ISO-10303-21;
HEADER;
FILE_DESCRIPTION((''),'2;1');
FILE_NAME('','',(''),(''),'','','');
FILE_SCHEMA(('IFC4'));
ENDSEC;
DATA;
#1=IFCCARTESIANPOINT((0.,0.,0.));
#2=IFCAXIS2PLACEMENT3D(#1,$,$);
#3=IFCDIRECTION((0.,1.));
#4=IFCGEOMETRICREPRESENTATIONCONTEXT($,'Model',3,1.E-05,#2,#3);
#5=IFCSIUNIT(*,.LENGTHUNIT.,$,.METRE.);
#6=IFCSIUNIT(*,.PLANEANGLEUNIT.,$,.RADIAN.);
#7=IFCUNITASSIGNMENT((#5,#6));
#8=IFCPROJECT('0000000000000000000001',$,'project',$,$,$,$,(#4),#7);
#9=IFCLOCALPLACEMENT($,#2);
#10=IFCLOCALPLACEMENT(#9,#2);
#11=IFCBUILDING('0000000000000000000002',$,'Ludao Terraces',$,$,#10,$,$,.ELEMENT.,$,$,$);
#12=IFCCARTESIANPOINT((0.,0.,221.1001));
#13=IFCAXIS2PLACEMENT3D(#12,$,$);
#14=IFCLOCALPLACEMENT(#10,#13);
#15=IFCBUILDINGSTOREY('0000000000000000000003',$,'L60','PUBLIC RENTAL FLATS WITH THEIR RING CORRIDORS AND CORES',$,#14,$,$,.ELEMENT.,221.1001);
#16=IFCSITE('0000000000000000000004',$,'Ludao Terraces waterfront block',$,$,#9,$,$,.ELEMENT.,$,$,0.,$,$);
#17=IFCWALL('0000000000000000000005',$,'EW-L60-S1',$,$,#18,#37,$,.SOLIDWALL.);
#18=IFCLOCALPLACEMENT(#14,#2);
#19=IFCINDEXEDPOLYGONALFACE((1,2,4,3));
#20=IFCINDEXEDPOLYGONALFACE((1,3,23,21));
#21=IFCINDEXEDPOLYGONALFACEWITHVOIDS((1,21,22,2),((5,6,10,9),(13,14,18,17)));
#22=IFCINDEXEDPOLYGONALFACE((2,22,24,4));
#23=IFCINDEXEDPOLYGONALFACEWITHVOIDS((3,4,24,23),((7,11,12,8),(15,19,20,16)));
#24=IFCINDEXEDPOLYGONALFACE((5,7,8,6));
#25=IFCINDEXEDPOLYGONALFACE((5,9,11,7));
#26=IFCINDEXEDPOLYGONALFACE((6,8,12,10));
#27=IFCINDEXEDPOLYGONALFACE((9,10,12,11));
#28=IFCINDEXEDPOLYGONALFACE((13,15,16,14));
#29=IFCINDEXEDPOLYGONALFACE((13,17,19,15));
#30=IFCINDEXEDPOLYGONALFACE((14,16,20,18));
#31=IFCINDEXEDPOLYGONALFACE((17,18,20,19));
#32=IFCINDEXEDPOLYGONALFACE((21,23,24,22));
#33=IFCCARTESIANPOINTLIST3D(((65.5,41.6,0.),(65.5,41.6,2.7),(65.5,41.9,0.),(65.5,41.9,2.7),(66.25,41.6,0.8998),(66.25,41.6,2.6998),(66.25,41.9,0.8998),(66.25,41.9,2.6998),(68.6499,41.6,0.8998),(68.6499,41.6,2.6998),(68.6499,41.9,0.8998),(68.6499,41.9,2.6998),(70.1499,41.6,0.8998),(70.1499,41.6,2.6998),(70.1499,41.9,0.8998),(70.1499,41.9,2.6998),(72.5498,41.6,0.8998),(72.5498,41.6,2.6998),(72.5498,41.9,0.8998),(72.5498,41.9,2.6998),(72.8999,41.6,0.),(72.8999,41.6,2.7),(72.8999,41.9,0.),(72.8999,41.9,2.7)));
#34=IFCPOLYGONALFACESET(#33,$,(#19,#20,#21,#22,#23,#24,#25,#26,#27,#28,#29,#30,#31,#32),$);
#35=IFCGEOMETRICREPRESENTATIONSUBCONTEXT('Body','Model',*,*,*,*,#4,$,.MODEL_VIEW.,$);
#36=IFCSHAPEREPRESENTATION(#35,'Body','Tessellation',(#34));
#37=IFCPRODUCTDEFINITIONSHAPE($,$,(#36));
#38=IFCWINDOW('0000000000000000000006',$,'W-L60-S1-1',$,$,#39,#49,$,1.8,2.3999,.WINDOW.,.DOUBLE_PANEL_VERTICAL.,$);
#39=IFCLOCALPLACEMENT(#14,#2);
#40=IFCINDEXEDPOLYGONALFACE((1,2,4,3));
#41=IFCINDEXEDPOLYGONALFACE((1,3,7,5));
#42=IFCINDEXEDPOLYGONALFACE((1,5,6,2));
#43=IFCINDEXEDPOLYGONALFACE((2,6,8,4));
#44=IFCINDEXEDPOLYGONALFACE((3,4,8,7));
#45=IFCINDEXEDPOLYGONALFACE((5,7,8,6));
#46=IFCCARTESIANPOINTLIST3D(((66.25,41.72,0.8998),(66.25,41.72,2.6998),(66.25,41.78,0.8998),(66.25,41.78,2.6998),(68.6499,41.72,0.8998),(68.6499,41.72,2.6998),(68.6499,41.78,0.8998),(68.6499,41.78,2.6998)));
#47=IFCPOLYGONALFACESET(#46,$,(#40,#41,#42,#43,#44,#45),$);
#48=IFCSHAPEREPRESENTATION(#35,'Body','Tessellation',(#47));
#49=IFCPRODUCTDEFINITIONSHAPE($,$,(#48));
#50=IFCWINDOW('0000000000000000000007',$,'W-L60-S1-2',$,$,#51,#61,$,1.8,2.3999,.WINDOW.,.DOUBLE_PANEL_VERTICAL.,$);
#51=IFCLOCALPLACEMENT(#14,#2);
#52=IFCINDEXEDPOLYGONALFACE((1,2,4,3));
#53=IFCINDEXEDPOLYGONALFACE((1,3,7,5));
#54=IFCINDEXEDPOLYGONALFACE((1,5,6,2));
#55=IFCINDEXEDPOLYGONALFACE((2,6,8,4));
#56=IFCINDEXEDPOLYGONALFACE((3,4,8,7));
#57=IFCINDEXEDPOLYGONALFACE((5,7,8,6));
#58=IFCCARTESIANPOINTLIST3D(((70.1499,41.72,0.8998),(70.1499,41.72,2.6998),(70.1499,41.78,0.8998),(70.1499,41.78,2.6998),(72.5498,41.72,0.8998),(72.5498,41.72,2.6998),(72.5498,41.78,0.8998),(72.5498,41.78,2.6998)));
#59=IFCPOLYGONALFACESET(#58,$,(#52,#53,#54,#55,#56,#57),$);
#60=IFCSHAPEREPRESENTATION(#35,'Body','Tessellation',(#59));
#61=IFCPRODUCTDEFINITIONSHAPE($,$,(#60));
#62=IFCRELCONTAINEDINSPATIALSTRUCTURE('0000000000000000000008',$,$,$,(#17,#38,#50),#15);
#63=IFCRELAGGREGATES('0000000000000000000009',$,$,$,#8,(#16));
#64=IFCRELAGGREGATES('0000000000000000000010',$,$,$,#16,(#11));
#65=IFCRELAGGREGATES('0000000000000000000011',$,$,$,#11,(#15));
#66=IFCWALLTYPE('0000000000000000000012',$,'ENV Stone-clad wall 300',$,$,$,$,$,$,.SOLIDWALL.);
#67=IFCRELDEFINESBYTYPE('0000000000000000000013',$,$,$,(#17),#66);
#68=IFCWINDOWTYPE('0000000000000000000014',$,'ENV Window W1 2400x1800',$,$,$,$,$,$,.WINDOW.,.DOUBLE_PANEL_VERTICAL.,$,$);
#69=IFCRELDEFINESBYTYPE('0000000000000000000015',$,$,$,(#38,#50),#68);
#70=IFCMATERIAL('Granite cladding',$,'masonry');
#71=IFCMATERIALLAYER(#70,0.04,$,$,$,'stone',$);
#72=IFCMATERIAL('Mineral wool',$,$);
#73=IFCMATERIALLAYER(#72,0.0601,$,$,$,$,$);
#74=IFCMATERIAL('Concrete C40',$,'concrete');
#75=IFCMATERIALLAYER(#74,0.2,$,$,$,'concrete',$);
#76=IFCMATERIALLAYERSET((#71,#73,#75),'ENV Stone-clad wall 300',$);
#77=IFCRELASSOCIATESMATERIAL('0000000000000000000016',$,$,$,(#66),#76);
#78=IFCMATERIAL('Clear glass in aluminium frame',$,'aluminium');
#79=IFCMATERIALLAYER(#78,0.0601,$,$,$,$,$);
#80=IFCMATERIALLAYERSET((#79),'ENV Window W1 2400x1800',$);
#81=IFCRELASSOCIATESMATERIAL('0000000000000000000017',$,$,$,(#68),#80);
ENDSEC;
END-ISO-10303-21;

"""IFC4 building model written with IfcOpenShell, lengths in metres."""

from ifc_helpers import new_model, si_unit, direction, frame, frame_2d, origin, place, context, subcontext, project, spatial, rectangle, extrude, material, layer, layer_set, type_object, element, fill, save


model = new_model("IFC4")

# Units and contexts
model_context = context("Model", 3, precision=1e-05, world=origin(), true_north=direction((0.0, 1.0)))
body_context = subcontext(model_context, "Body", "Model", "MODEL_VIEW")
ifc_project = project(units=[si_unit("LENGTHUNIT", "METRE"), si_unit("PLANEANGLEUNIT", "RADIAN")], contexts=[model_context])

# Site, building, storey
site_placement = place(None, origin())
site = spatial("IfcSite", under=ifc_project, at=site_placement, Name="Ludao Terraces waterfront block", CompositionType="ELEMENT", RefElevation=0.0)
building_placement = place(site_placement, origin())
building = spatial("IfcBuilding", under=site, at=building_placement, Name="Ludao Terraces", CompositionType="ELEMENT")
storey_placement = place(building_placement, frame((0.0, 0.0, 221.1001)))
storey = spatial("IfcBuildingStorey", under=building, at=storey_placement, Name="L60", Description="PUBLIC RENTAL FLATS WITH THEIR RING CORRIDORS AND CORES", CompositionType="ELEMENT", Elevation=221.1001)

# Wall, openings, windows
ifc_material_1 = material(Name="Granite cladding", Category="masonry")
ifc_layer_1 = layer(ifc_material_1, 0.04, Category="stone")
ifc_material_2 = material(Name="Mineral wool")
ifc_layer_2 = layer(ifc_material_2, 0.0601)
ifc_material_3 = material(Name="Concrete C40", Category="concrete")
ifc_layer_3 = layer(ifc_material_3, 0.2, Category="concrete")
ifc_layer_set_1 = layer_set([ifc_layer_1, ifc_layer_2, ifc_layer_3], Name="ENV Stone-clad wall 300")
wall_type_1 = type_object("IfcWallType", Name="ENV Stone-clad wall 300", PredefinedType="SOLIDWALL", material=ifc_layer_set_1)
wall_1_placement = place(storey_placement, frame((65.5, 41.75, 0.0), z_axis=(0.0, 0.0, 1.0), x_axis=(1.0, 0.0, 0.0)))
wall_1 = element("IfcWall", 1, at=wall_1_placement, inside=storey, type_object=wall_type_1, Name="EW-L60-S1", PredefinedType="SOLIDWALL", context=body_context, shape_type="SweptSolid", body=[
    extrude(rectangle(XDim=7.3999, YDim=0.3, at=frame_2d((3.7, 0.0))), origin(), (0.0, 0.0, 1.0), 2.7),
])
opening_1_placement = place(wall_1_placement, frame((0.75, 0.0, 0.8999)))
opening_1 = element("IfcOpeningElement", 2, at=opening_1_placement, cuts=wall_1, PredefinedType="OPENING", context=body_context, shape_type="SweptSolid", body=[
    extrude(rectangle(XDim=2.3999, YDim=1.8, at=frame_2d((1.2, 0.8999))), frame((0.0, 0.1602, 0.0), z_axis=(0.0, -1.0, 0.0), x_axis=(1.0, 0.0, 0.0)), (0.0, 0.0, 1.0), 0.3201),
])
opening_2_placement = place(wall_1_placement, frame((4.6499, 0.0, 0.8999)))
opening_2 = element("IfcOpeningElement", 3, at=opening_2_placement, cuts=wall_1, PredefinedType="OPENING", context=body_context, shape_type="SweptSolid", body=[
    extrude(rectangle(XDim=2.3999, YDim=1.8, at=frame_2d((1.2, 0.8999))), frame((0.0, 0.1602, 0.0), z_axis=(0.0, -1.0, 0.0), x_axis=(1.0, 0.0, 0.0)), (0.0, 0.0, 1.0), 0.3201),
])
ifc_material_4 = material(Name="Clear glass in aluminium frame", Category="aluminium")
ifc_layer_4 = layer(ifc_material_4, 0.0601)
ifc_layer_set_2 = layer_set([ifc_layer_4], Name="ENV Window W1 2400x1800")
window_type = type_object("IfcWindowType", Name="ENV Window W1 2400x1800", PartitioningType="DOUBLE_PANEL_VERTICAL", PredefinedType="WINDOW", material=ifc_layer_set_2)
window_1_placement = place(opening_1_placement, origin())
window_1 = element("IfcWindow", 4, at=window_1_placement, inside=storey, type_object=window_type, Name="W-L60-S1-1", OverallHeight=1.8, OverallWidth=2.3999, PartitioningType="DOUBLE_PANEL_VERTICAL", PredefinedType="WINDOW", context=body_context, shape_type="SweptSolid", body=[
    extrude(rectangle(XDim=2.3999, YDim=1.8, at=frame_2d((1.2, 0.8999))), frame((0.0, 0.03, 0.0), z_axis=(0.0, -1.0, 0.0), x_axis=(1.0, 0.0, 0.0)), (0.0, 0.0, 1.0), 0.0601),
])
fill(opening_1, window_1)
window_2_placement = place(opening_2_placement, origin())
window_2 = element("IfcWindow", 5, at=window_2_placement, inside=storey, type_object=window_type, Name="W-L60-S1-2", OverallHeight=1.8, OverallWidth=2.3999, PartitioningType="DOUBLE_PANEL_VERTICAL", PredefinedType="WINDOW", context=body_context, shape_type="SweptSolid", body=[
    extrude(rectangle(XDim=2.3999, YDim=1.8, at=frame_2d((1.2, 0.8999))), frame((0.0, 0.03, 0.0), z_axis=(0.0, -1.0, 0.0), x_axis=(1.0, 0.0, 0.0)), (0.0, 0.0, 1.0), 0.0601),
])
fill(opening_2, window_2)

save(model, "model.ifc")
